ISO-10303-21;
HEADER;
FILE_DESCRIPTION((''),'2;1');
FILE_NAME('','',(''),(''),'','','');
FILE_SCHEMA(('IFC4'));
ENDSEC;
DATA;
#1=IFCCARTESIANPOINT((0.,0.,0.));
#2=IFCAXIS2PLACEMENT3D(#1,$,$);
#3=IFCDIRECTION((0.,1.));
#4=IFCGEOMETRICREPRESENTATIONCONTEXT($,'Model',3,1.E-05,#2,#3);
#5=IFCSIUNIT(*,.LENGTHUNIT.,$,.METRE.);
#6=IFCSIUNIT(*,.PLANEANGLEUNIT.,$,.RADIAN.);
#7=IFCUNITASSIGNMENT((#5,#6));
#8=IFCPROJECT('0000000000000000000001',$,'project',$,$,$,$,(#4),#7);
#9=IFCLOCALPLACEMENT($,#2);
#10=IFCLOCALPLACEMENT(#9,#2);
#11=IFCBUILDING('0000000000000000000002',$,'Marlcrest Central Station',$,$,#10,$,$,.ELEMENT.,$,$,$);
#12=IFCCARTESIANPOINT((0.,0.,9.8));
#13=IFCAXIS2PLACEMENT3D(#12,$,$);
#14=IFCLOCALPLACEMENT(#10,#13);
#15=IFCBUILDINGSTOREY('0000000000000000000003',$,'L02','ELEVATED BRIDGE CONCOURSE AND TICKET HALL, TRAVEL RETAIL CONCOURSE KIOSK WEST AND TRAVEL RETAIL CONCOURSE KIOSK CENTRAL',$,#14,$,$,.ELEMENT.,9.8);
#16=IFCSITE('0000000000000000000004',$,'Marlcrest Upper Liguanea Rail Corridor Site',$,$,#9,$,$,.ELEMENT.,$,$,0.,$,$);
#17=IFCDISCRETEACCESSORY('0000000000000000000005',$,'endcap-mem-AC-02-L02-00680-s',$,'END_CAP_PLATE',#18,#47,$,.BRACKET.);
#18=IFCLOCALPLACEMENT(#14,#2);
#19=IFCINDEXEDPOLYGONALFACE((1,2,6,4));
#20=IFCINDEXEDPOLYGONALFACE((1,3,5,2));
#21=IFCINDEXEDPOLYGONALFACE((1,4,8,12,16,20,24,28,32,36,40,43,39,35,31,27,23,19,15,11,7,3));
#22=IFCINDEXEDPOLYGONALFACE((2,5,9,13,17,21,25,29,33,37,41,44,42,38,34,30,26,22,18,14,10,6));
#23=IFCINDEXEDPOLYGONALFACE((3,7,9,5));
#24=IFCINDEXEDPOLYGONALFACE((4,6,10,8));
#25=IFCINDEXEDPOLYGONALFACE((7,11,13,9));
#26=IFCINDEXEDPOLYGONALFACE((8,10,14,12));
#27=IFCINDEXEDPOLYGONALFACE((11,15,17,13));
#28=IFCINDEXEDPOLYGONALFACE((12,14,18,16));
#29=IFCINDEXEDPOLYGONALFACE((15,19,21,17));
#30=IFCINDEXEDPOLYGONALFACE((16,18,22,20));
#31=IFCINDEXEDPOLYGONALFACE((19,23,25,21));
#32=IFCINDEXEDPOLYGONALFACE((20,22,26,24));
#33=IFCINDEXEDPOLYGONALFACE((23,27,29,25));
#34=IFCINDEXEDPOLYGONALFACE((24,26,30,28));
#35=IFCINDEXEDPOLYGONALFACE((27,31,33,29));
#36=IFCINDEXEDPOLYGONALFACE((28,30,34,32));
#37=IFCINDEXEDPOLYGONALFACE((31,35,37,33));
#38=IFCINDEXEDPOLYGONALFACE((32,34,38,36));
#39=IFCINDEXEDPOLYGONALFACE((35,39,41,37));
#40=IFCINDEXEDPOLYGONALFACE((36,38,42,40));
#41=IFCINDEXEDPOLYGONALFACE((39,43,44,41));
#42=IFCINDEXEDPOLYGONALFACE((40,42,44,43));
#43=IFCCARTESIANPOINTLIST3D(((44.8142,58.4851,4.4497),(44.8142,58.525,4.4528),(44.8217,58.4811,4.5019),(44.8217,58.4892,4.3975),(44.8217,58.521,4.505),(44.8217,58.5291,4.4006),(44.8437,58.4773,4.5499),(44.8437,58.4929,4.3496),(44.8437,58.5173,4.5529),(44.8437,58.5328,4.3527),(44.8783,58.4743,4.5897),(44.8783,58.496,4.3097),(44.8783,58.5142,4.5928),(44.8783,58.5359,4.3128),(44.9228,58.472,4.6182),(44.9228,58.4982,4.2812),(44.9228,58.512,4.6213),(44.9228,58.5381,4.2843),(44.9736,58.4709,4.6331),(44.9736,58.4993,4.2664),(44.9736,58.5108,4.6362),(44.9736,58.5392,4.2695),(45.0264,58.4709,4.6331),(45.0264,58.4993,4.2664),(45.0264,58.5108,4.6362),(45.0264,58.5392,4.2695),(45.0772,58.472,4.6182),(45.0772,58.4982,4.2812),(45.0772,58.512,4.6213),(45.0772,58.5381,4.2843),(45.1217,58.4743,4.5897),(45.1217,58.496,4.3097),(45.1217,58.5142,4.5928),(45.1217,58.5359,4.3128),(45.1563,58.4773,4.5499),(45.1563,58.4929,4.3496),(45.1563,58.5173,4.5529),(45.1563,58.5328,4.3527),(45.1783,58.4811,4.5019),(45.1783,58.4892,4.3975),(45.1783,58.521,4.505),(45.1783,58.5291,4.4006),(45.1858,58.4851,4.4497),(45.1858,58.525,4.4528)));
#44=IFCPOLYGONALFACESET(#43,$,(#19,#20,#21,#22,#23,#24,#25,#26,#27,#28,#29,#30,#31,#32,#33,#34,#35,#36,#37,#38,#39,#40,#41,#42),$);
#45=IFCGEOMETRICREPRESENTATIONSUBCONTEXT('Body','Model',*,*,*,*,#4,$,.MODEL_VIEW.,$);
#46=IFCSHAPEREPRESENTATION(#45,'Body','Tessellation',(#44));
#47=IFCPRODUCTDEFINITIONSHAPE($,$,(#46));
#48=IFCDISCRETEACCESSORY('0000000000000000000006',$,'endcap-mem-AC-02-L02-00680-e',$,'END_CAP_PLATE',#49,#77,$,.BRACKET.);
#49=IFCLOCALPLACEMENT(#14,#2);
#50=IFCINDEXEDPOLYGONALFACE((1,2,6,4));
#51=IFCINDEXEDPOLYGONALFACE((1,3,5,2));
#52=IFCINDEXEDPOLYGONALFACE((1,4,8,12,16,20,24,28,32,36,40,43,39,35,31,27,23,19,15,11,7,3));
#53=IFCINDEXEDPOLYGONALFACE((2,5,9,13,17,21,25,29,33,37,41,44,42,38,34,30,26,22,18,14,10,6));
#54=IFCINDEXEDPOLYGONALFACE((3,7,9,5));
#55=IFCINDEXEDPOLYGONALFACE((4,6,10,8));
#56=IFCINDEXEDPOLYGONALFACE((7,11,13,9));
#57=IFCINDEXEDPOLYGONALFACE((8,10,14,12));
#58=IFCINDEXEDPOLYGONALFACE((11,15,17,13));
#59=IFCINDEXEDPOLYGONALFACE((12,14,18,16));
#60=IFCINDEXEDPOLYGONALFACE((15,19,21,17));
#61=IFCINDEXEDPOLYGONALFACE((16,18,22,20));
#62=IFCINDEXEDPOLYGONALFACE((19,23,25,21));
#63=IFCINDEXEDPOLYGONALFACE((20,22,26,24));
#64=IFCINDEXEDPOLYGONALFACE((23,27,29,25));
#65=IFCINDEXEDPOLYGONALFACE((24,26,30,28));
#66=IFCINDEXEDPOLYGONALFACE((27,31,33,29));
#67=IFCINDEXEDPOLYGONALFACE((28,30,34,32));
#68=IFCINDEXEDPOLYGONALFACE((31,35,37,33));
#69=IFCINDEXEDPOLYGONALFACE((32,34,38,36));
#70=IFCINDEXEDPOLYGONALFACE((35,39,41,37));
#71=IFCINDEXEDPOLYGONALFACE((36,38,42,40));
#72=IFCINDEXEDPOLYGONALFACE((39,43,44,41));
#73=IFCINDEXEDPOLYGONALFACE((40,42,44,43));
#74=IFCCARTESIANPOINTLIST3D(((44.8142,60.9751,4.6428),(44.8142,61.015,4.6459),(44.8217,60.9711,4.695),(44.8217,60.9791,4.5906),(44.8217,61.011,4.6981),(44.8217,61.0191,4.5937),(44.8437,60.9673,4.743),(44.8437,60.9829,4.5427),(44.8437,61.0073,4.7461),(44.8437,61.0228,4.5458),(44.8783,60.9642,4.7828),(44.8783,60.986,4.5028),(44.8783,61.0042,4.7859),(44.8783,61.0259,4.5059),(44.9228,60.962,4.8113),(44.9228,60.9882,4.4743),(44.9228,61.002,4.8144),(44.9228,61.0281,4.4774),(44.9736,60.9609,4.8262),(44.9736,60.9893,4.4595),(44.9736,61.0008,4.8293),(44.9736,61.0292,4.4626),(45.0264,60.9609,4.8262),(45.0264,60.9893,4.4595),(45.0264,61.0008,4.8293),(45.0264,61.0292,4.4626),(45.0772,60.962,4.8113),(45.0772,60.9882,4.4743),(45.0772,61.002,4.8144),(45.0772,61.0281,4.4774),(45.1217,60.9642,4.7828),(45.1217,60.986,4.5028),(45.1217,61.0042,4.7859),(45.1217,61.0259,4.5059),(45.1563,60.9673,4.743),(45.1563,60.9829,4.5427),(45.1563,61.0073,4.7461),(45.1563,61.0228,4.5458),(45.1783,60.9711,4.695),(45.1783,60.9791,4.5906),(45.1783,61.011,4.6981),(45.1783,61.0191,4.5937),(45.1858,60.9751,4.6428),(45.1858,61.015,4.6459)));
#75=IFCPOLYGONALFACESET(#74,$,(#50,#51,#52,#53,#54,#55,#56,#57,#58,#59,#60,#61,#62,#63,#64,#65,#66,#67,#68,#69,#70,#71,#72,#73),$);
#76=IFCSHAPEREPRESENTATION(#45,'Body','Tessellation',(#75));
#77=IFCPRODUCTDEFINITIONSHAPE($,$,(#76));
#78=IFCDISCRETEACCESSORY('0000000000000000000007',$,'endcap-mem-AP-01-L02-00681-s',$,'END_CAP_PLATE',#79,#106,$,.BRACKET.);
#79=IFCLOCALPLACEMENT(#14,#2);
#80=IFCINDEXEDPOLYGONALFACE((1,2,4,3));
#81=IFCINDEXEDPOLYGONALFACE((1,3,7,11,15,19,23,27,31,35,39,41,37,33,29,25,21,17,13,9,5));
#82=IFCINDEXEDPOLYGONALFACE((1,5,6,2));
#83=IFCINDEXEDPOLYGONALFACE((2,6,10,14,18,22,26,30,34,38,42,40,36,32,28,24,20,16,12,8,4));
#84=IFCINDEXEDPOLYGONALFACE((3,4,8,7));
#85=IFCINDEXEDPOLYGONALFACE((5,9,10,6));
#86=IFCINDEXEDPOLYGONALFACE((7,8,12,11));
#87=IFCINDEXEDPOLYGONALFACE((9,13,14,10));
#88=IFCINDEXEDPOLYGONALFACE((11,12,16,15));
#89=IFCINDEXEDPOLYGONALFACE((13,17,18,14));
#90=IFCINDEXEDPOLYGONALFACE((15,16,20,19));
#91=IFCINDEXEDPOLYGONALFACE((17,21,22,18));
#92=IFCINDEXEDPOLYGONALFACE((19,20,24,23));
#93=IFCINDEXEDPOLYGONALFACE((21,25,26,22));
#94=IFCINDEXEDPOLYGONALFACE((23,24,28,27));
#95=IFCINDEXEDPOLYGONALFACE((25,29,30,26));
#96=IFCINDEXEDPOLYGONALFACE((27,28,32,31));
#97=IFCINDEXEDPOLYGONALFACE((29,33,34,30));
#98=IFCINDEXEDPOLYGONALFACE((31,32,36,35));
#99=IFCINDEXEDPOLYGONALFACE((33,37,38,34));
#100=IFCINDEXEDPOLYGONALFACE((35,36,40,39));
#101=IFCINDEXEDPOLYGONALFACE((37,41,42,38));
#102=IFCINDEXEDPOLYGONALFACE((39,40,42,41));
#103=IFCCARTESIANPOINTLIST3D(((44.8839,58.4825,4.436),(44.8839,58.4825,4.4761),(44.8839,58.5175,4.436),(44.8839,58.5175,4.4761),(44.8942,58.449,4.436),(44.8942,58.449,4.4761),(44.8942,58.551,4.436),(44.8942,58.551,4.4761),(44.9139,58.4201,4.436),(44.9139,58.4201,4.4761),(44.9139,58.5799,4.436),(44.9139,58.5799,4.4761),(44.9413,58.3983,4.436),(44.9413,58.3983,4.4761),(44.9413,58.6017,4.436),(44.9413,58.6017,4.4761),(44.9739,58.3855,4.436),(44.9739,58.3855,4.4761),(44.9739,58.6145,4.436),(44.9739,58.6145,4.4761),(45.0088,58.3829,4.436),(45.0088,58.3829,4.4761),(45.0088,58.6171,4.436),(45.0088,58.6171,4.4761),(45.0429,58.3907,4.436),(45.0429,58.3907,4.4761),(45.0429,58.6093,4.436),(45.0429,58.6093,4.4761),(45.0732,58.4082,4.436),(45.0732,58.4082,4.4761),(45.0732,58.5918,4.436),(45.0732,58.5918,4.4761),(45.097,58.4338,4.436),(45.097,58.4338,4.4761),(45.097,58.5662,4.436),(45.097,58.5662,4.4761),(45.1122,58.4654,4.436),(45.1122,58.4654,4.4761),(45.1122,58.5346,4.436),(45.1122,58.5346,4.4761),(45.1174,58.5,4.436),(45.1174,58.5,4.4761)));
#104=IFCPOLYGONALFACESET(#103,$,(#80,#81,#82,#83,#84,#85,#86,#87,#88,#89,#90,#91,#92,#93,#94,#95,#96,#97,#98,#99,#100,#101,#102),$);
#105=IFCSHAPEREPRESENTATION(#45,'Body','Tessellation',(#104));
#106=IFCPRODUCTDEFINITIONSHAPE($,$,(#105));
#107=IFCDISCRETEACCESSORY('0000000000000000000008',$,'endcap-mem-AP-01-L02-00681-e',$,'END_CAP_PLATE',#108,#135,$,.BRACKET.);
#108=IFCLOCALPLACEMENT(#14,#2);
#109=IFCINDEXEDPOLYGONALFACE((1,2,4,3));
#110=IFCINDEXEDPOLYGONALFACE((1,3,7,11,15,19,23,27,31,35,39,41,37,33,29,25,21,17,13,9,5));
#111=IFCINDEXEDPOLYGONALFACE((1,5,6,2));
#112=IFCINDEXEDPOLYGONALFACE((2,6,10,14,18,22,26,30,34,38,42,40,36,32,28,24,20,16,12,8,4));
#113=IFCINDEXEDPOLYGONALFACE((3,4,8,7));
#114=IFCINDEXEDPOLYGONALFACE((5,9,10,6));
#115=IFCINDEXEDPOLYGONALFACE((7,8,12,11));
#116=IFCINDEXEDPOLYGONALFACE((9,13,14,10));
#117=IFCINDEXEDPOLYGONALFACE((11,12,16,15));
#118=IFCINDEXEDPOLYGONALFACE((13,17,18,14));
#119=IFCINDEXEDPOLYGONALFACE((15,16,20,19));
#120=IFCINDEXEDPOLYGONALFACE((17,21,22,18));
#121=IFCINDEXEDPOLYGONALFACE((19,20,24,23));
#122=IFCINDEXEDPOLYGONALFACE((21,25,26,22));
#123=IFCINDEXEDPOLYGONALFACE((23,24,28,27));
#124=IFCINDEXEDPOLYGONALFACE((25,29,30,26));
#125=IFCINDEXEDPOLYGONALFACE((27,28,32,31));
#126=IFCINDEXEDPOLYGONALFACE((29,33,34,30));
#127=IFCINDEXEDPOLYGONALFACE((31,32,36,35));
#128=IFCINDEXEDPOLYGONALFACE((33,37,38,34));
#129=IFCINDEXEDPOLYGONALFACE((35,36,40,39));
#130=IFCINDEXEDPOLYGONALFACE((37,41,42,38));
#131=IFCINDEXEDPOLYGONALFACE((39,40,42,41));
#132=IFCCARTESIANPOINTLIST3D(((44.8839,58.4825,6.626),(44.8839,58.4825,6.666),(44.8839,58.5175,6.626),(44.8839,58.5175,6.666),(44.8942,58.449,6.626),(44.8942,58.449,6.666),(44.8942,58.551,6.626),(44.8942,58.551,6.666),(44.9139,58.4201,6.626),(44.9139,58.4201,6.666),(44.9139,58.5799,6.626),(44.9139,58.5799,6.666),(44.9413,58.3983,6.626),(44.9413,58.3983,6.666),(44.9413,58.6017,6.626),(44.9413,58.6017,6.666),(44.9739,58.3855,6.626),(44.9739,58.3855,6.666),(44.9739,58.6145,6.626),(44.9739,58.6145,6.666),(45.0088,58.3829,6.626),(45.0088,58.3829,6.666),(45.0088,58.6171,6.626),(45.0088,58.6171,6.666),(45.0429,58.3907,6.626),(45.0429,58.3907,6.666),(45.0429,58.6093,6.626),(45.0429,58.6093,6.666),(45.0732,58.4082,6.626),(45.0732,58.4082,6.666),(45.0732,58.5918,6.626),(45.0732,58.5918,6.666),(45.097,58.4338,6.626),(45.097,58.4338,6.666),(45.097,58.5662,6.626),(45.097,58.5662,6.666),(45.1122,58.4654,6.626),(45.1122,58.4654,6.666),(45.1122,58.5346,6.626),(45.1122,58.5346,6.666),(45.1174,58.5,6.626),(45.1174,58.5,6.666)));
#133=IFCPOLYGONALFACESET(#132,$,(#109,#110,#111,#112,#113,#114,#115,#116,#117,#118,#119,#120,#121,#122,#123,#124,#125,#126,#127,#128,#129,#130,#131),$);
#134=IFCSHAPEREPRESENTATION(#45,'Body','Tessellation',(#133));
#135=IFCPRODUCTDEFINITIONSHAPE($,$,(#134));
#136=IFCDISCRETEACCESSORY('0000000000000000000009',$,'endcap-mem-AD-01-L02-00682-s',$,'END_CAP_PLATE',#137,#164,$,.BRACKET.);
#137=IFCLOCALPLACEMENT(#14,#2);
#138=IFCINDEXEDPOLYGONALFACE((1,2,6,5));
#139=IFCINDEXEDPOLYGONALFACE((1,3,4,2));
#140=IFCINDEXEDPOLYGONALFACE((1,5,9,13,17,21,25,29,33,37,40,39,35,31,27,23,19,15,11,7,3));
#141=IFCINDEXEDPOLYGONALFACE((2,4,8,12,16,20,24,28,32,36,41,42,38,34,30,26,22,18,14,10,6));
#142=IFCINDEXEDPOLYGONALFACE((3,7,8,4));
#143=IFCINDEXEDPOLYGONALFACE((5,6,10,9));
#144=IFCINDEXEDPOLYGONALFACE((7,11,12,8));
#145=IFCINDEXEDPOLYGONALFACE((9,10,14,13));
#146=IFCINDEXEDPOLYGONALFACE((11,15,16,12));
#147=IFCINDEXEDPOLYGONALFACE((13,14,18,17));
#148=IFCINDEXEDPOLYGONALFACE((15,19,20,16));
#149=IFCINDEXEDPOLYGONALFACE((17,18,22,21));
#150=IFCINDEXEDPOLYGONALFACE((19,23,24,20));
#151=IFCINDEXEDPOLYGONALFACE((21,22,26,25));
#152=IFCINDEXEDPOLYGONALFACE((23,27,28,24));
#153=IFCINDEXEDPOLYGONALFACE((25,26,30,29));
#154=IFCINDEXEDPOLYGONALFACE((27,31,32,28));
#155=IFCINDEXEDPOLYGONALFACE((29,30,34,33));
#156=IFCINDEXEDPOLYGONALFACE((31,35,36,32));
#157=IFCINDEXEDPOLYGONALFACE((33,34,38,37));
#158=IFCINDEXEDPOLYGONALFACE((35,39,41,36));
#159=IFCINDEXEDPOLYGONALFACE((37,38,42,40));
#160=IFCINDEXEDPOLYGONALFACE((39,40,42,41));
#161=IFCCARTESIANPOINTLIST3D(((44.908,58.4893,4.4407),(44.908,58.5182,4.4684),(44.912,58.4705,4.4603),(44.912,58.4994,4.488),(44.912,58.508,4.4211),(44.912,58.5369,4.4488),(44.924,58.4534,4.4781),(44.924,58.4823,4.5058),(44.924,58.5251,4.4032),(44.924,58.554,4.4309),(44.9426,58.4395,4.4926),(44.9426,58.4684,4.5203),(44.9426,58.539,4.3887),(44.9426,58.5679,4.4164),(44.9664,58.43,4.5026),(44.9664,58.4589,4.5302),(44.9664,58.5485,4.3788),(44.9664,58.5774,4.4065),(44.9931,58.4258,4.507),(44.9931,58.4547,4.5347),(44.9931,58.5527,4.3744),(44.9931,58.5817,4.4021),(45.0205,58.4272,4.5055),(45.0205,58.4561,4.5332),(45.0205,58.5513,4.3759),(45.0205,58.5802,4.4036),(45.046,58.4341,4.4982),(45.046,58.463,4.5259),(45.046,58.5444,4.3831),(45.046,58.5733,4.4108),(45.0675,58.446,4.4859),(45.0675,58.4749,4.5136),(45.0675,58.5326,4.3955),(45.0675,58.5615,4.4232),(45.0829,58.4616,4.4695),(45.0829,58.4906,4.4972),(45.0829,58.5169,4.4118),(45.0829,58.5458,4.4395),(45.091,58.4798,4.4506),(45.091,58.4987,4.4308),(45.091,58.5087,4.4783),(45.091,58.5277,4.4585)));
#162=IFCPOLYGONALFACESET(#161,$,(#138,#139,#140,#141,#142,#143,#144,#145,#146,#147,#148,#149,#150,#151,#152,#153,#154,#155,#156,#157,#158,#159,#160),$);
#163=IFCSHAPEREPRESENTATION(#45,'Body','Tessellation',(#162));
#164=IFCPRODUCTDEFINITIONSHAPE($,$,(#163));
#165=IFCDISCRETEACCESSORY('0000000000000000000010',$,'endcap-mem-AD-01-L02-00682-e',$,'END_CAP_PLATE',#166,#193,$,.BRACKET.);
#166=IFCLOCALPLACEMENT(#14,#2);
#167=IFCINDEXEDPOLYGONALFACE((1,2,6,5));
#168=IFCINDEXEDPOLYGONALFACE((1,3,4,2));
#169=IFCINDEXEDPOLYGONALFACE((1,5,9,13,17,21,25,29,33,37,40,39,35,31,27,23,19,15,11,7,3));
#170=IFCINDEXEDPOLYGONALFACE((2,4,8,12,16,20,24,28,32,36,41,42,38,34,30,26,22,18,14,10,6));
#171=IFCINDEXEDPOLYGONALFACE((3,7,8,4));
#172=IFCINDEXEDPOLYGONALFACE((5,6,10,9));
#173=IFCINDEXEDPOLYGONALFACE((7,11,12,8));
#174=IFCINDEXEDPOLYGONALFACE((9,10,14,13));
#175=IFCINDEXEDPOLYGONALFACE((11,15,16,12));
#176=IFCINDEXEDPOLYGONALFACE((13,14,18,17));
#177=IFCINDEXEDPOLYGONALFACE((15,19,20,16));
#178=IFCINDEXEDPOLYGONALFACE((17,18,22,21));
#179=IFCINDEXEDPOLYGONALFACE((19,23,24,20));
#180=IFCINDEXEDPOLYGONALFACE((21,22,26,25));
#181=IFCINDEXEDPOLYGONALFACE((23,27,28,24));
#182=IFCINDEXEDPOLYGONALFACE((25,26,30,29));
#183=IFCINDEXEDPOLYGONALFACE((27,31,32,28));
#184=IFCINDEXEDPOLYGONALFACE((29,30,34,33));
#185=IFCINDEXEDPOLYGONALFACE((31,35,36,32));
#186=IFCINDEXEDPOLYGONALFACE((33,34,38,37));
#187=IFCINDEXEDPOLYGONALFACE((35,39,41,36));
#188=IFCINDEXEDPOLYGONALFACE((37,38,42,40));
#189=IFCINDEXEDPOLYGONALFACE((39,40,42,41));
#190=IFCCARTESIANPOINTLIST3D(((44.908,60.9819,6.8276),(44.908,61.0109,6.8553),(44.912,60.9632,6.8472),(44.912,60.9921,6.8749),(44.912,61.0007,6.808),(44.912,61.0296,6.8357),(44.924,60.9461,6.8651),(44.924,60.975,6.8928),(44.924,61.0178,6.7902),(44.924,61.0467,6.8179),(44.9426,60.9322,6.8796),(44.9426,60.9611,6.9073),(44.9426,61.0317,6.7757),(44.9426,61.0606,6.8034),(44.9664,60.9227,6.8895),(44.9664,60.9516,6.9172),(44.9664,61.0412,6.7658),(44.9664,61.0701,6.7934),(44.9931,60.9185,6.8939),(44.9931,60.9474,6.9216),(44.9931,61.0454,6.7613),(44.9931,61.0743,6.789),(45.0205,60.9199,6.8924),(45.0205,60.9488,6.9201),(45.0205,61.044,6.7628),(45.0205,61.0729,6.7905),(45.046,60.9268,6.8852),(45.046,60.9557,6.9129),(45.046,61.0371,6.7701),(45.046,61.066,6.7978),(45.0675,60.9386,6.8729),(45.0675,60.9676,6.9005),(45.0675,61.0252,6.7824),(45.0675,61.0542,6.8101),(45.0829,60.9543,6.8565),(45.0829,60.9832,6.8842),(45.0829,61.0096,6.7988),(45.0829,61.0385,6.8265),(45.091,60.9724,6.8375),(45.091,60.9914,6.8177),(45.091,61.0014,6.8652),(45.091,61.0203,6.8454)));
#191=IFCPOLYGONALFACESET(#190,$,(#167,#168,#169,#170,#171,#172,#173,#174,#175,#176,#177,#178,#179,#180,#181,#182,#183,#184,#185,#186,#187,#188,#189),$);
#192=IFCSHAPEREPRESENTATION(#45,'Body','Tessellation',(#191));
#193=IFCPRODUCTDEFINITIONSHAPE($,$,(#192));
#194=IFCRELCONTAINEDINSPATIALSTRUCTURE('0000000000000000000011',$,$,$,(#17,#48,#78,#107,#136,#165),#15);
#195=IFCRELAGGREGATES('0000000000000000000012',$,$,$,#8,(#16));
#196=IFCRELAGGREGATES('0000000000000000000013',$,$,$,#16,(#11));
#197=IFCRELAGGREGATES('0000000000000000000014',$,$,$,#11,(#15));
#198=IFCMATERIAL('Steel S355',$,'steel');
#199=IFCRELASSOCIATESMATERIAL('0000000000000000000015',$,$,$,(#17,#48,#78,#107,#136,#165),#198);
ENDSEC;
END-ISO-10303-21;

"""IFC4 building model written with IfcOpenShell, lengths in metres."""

from ifc_helpers import new_model, si_unit, direction, frame, origin, origin_2d, place, context, subcontext, project, spatial, circle, extrude, material, element, save


model = new_model("IFC4")

# Units and contexts
model_context = context("Model", 3, precision=1e-05, world=origin(), true_north=direction((0.0, 1.0)))
body_context = subcontext(model_context, "Body", "Model", "MODEL_VIEW")
ifc_project = project(units=[si_unit("LENGTHUNIT", "METRE"), si_unit("PLANEANGLEUNIT", "RADIAN")], contexts=[model_context])

# Site, building, storey
site_placement = place(None, origin())
site = spatial("IfcSite", under=ifc_project, at=site_placement, Name="Marlcrest Upper Liguanea Rail Corridor Site", CompositionType="ELEMENT", RefElevation=0.0)
building_placement = place(site_placement, origin())
building = spatial("IfcBuilding", under=site, at=building_placement, Name="Marlcrest Central Station", CompositionType="ELEMENT")
storey_placement = place(building_placement, frame((0.0, 0.0, 9.8)))
storey = spatial("IfcBuildingStorey", under=building, at=storey_placement, Name="L02", Description="ELEVATED BRIDGE CONCOURSE AND TICKET HALL, TRAVEL RETAIL CONCOURSE KIOSK WEST AND TRAVEL RETAIL CONCOURSE KIOSK CENTRAL", CompositionType="ELEMENT", Elevation=9.8)

# Shared definitions
ifc_material = material(Name="Steel S355", Category="steel")

# Discrete accessories
for number, where, z_axis, x_axis, name in (
    (1, (45.0, 58.4851, 4.4497), (0.0, 0.997007, 0.077307), (-1.0, 0.0, 0.0), "endcap-mem-AC-02-L02-00680-s"),
    (2, (45.0, 60.9751, 4.6428), (0.0, 0.997007, 0.077307), (-1.0, 0.0, 0.0), "endcap-mem-AC-02-L02-00680-e"),
):
    element("IfcDiscreteAccessory", number, at=place(storey_placement, frame(where, z_axis=z_axis, x_axis=x_axis)), inside=storey, material=ifc_material, Name=name, ObjectType="END_CAP_PLATE", PredefinedType="BRACKET", context=body_context, shape_type="SweptSolid", body=[
        extrude(circle(Radius=0.1858, at=origin_2d()), origin(), (0.0, 0.0, 1.0), 0.04),
    ])
for number, where, z_axis, x_axis, name in (
    (3, (45.0, 58.5, 4.436), (0.0, 0.0, 1.0), (1.0, 0.0, 0.0), "endcap-mem-AP-01-L02-00681-s"),
    (4, (45.0, 58.5, 6.626), (0.0, 0.0, 1.0), (1.0, 0.0, 0.0), "endcap-mem-AP-01-L02-00681-e"),
):
    element("IfcDiscreteAccessory", number, at=place(storey_placement, frame(where, z_axis=z_axis, x_axis=x_axis)), inside=storey, material=ifc_material, Name=name, ObjectType="END_CAP_PLATE", PredefinedType="BRACKET", context=body_context, shape_type="SweptSolid", body=[
        extrude(circle(Radius=0.1174, at=origin_2d()), origin(), (0.0, 0.0, 1.0), 0.04),
    ])
for number, where, z_axis, x_axis, name in (
    (5, (45.0, 58.4893, 4.4407), (0.0, 0.722247, 0.691636), (-1.0, 0.0, 0.0), "endcap-mem-AD-01-L02-00682-s"),
    (6, (45.0, 60.9819, 6.8276), (0.0, 0.722247, 0.691636), (-1.0, 0.0, 0.0), "endcap-mem-AD-01-L02-00682-e"),
):
    element("IfcDiscreteAccessory", number, at=place(storey_placement, frame(where, z_axis=z_axis, x_axis=x_axis)), inside=storey, material=ifc_material, Name=name, ObjectType="END_CAP_PLATE", PredefinedType="BRACKET", context=body_context, shape_type="SweptSolid", body=[
        extrude(circle(Radius=0.092, at=origin_2d()), origin(), (0.0, 0.0, 1.0), 0.04),
    ])

save(model, "model.ifc")
